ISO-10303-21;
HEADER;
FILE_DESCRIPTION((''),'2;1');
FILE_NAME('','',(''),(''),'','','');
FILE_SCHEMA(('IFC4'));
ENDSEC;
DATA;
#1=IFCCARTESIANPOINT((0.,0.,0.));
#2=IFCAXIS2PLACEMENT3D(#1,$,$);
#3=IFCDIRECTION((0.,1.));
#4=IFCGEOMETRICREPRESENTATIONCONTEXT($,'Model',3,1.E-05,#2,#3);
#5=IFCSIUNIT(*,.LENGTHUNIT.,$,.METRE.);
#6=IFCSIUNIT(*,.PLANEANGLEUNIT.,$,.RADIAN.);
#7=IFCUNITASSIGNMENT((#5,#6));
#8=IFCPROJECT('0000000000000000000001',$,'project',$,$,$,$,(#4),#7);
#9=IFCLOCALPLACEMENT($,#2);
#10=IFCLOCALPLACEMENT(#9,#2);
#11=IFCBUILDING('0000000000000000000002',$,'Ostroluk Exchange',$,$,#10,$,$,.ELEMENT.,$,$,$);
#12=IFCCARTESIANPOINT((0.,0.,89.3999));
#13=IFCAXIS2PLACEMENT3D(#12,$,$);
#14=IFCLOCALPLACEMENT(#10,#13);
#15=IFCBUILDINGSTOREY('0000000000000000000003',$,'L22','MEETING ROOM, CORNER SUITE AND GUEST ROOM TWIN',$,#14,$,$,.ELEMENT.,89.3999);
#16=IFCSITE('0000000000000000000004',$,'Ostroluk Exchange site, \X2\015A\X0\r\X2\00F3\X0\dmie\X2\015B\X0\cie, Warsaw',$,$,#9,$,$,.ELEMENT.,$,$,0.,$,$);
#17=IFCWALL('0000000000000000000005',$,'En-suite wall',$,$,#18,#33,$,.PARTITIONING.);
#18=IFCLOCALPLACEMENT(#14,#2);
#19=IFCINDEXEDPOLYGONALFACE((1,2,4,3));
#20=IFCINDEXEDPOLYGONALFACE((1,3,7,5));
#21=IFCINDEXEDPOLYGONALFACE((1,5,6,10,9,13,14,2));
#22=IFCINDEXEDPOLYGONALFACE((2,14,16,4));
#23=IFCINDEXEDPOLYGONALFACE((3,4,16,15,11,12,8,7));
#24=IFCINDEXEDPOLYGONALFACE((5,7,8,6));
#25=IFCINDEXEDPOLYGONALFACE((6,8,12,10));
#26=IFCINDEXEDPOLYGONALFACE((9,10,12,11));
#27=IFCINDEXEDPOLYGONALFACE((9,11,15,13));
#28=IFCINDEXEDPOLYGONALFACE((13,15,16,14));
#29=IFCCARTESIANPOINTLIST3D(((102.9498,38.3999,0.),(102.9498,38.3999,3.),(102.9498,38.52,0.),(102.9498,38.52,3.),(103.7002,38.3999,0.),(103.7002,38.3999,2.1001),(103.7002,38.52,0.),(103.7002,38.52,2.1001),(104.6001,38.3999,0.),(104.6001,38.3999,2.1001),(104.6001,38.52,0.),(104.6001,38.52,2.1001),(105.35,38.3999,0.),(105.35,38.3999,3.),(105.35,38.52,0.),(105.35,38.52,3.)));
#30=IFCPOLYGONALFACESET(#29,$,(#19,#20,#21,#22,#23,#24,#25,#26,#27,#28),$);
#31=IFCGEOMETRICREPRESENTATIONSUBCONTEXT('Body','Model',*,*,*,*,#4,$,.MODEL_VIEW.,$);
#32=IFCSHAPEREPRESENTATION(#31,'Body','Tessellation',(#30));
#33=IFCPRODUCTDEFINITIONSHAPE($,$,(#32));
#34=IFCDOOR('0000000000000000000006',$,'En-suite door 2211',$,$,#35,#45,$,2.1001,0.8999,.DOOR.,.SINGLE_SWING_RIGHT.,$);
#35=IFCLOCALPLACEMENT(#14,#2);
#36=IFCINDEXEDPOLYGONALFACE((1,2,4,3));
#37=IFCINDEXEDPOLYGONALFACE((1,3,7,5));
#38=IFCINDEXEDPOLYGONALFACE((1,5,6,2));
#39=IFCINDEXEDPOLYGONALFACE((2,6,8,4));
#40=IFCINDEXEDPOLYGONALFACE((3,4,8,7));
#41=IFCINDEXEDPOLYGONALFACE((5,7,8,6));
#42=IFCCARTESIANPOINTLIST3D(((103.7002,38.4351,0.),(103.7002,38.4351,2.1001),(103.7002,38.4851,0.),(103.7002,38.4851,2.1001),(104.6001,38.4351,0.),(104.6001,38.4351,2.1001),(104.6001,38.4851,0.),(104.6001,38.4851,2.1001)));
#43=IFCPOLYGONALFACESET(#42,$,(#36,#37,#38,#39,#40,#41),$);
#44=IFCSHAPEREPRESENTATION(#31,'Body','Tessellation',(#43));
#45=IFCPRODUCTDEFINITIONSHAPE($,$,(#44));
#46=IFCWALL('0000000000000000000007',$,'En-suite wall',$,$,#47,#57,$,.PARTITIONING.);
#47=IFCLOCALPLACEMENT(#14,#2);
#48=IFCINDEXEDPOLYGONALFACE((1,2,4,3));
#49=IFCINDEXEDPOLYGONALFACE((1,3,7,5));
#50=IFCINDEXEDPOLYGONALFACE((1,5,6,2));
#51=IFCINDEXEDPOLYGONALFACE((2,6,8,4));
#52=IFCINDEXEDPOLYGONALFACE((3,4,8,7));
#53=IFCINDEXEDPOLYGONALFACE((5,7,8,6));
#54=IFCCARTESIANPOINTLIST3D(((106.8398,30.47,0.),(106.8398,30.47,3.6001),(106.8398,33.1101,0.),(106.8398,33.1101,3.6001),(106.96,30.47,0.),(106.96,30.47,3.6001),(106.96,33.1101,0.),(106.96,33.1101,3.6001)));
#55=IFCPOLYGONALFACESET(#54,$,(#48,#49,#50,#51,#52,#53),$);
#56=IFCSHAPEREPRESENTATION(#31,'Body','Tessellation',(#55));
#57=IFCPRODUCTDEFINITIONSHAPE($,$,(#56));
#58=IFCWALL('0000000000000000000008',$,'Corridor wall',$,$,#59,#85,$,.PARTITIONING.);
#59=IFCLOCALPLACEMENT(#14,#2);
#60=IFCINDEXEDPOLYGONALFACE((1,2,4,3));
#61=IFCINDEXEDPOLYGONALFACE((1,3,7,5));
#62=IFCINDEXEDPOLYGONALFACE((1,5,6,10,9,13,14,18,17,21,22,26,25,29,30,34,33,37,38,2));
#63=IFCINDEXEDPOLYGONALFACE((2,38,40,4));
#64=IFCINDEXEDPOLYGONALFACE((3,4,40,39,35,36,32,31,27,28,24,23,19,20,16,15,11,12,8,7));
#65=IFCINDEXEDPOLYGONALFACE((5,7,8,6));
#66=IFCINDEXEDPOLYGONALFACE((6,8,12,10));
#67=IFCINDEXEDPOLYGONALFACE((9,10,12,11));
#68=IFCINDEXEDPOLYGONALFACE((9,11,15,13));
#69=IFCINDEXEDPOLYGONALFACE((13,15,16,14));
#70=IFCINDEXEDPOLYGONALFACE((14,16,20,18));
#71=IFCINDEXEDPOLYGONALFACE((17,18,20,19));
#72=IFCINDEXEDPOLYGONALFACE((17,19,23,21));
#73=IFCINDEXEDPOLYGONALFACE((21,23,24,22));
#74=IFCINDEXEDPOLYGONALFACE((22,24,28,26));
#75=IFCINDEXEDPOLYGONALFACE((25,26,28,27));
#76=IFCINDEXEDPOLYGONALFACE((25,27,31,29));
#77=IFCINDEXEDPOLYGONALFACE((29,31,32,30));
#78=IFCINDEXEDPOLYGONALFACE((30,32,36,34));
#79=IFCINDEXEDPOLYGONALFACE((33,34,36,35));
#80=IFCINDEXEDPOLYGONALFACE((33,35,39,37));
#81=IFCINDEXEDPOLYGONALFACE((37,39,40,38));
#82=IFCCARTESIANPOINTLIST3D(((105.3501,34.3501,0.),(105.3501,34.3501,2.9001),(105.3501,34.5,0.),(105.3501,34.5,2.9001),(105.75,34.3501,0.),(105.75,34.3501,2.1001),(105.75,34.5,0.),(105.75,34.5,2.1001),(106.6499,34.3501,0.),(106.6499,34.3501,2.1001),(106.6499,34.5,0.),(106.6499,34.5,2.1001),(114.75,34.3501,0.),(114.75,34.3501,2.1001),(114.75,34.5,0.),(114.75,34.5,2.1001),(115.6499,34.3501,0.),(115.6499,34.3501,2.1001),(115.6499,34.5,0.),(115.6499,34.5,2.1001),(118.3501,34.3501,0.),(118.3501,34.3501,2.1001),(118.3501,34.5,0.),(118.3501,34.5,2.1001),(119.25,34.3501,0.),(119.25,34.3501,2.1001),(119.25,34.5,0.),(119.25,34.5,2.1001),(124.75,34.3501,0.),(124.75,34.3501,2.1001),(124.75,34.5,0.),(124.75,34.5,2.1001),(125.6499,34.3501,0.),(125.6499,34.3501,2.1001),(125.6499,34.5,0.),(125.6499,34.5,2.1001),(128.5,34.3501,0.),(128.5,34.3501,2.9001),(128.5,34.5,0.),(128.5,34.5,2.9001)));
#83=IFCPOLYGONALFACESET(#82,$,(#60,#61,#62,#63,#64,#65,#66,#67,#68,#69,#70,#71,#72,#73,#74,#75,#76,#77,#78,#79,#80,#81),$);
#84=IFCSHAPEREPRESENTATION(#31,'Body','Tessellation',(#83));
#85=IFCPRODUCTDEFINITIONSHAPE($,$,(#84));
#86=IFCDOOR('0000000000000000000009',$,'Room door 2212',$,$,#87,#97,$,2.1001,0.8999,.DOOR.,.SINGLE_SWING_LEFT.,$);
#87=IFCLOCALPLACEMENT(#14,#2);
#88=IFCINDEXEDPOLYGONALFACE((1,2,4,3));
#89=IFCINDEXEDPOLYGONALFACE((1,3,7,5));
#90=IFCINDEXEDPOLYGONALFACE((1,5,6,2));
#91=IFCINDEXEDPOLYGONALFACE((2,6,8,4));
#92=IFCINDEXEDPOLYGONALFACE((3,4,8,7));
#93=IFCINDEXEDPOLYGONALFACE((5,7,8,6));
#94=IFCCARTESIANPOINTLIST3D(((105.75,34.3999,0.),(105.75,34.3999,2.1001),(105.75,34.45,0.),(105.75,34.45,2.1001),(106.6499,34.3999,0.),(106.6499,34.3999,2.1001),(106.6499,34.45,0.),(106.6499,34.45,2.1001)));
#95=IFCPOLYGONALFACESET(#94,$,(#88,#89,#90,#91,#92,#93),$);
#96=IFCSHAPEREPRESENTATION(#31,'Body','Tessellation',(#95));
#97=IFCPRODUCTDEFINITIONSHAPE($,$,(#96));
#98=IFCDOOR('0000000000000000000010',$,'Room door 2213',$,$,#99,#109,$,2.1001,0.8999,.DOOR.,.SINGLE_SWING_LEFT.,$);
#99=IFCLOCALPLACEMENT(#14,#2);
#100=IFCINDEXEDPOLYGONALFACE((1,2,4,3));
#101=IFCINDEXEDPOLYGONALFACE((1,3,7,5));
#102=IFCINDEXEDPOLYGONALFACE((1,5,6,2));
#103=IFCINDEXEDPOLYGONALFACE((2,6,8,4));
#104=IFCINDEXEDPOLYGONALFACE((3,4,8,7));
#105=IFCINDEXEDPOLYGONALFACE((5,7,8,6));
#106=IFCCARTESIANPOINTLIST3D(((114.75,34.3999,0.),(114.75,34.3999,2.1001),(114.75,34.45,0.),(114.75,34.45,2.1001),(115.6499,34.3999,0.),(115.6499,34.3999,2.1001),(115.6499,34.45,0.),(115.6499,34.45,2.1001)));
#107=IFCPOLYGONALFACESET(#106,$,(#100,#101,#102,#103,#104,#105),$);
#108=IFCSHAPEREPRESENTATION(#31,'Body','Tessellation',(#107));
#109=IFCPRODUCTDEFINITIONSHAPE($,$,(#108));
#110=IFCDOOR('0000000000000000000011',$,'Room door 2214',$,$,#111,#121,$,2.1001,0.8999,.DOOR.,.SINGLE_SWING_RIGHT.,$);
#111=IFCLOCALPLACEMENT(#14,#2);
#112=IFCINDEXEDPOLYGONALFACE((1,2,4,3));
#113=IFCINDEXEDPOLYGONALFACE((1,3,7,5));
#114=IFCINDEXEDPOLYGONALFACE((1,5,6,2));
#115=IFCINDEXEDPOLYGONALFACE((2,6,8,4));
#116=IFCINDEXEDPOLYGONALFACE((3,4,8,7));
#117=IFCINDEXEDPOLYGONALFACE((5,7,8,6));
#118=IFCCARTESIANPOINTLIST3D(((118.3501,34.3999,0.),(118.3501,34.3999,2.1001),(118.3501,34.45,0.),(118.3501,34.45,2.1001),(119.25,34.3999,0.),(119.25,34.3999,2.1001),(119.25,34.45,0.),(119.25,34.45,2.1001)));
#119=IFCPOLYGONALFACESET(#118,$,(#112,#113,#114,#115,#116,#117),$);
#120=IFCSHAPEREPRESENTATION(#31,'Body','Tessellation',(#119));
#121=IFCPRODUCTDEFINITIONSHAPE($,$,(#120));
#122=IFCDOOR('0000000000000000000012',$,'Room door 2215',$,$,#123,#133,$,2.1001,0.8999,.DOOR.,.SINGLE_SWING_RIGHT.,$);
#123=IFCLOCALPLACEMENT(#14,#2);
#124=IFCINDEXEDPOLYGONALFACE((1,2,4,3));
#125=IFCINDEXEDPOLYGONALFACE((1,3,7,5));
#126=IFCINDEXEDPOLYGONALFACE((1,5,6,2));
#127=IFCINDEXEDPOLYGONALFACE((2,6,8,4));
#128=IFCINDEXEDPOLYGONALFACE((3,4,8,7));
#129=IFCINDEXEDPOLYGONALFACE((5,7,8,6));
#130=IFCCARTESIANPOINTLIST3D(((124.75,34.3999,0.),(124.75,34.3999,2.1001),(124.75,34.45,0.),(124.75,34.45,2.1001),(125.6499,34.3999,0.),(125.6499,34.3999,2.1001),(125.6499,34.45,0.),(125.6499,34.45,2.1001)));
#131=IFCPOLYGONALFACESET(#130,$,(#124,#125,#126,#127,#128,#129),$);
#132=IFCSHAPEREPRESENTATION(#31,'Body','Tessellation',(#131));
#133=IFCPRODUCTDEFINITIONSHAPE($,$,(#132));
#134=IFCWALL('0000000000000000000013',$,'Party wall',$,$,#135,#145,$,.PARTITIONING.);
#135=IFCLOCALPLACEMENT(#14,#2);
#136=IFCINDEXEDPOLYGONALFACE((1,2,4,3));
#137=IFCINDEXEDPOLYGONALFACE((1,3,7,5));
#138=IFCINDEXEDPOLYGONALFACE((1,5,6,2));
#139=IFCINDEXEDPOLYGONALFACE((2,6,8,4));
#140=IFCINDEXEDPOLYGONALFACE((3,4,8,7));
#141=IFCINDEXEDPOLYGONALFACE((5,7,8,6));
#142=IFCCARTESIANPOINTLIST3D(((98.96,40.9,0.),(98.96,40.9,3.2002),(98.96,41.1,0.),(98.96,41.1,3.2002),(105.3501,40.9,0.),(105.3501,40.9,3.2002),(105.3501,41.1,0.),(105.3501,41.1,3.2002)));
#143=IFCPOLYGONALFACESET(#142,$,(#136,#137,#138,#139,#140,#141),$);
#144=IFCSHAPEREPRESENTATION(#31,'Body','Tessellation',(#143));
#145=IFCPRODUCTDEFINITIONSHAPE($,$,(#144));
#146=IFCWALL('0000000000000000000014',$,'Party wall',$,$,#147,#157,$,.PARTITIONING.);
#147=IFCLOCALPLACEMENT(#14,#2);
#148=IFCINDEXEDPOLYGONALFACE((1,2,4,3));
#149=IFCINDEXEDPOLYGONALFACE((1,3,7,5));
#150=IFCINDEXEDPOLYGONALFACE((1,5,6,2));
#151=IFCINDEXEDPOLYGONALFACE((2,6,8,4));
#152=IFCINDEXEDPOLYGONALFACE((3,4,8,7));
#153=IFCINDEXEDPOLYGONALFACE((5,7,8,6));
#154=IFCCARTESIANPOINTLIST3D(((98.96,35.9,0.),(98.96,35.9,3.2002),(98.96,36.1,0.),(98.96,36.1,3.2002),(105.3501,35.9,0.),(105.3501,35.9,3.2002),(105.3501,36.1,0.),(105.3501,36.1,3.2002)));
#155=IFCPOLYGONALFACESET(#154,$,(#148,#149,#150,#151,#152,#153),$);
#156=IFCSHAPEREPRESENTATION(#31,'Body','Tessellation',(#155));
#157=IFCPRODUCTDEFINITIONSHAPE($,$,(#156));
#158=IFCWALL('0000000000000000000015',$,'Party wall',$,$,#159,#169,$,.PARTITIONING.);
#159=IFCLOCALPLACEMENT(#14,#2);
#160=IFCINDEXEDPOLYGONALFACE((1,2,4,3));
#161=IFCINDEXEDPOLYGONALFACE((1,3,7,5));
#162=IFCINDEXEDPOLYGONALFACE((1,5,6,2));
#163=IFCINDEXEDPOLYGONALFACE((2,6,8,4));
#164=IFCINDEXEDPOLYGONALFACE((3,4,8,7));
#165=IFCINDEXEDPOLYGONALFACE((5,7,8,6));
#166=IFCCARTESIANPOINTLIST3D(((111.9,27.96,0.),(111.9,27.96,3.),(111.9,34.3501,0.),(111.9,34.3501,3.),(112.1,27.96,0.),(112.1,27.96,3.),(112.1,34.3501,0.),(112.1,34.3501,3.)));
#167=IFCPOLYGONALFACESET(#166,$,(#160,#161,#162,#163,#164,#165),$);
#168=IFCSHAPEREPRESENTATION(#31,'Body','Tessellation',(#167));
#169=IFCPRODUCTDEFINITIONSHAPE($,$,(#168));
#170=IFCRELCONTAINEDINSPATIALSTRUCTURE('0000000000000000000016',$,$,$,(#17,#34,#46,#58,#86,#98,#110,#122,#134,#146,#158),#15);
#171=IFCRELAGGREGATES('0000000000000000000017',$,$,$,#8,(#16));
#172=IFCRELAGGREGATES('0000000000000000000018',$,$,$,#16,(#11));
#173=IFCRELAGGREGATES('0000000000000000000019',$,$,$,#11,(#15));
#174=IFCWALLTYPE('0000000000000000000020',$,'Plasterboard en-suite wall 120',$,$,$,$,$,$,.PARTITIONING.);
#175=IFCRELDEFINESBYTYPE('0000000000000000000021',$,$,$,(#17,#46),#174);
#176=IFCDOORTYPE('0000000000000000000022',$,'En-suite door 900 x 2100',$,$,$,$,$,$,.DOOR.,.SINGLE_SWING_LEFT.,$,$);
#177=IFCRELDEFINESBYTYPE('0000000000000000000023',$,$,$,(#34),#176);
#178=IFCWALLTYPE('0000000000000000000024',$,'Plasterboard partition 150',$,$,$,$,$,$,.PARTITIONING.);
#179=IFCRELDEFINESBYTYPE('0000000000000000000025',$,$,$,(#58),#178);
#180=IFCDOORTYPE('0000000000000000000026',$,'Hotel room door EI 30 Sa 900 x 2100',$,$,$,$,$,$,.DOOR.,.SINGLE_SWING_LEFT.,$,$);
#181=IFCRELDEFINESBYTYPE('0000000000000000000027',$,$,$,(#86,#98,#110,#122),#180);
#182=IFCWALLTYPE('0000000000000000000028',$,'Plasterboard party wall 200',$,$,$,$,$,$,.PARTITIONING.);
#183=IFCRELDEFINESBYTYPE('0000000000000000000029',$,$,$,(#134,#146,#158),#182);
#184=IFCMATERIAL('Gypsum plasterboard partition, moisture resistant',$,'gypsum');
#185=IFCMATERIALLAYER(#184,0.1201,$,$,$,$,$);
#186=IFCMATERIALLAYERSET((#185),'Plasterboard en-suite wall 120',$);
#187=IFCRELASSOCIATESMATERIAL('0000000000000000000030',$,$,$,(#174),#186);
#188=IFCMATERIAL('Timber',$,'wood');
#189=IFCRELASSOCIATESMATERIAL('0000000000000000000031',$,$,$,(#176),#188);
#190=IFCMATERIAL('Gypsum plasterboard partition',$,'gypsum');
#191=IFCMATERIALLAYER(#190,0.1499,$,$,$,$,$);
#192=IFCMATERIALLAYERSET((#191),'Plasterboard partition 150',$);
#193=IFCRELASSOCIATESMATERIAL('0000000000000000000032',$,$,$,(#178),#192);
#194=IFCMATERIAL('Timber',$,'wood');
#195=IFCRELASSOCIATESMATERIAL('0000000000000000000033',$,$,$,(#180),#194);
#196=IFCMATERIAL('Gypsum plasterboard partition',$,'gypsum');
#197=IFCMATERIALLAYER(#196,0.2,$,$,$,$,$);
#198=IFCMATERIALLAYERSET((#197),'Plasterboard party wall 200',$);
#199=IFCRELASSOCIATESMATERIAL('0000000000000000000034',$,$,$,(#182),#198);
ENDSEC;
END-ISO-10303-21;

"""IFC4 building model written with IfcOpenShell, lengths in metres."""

from ifc_helpers import new_model, si_unit, direction, frame, frame_2d, origin, place, context, subcontext, project, spatial, rectangle, extrude, material, layer, layer_set, type_object, element, fill, save


model = new_model("IFC4")

# Units and contexts
model_context = context("Model", 3, precision=1e-05, world=origin(), true_north=direction((0.0, 1.0)))
body_context = subcontext(model_context, "Body", "Model", "MODEL_VIEW")
ifc_project = project(units=[si_unit("LENGTHUNIT", "METRE"), si_unit("PLANEANGLEUNIT", "RADIAN")], contexts=[model_context])

# Site, building, storey
site_placement = place(None, origin())
site = spatial("IfcSite", under=ifc_project, at=site_placement, Name="Ostroluk Exchange site, Śródmieście, Warsaw", CompositionType="ELEMENT", RefElevation=0.0)
building_placement = place(site_placement, origin())
building = spatial("IfcBuilding", under=site, at=building_placement, Name="Ostroluk Exchange", CompositionType="ELEMENT")
storey_placement = place(building_placement, frame((0.0, 0.0, 89.3999)))
storey = spatial("IfcBuildingStorey", under=building, at=storey_placement, Name="L22", Description="MEETING ROOM, CORNER SUITE AND GUEST ROOM TWIN", CompositionType="ELEMENT", Elevation=89.3999)

# Shared definitions
ifc_material_1 = material(Name="Gypsum plasterboard partition, moisture resistant", Category="gypsum")
ifc_layer_1 = layer(ifc_material_1, 0.1201)
ifc_layer_set_1 = layer_set([ifc_layer_1], Name="Plasterboard en-suite wall 120")
wall_type_1 = type_object("IfcWallType", Name="Plasterboard en-suite wall 120", PredefinedType="PARTITIONING", material=ifc_layer_set_1)

# Wall, opening, door
wall_1_placement = place(storey_placement, frame((105.3501, 38.46, 0.0), z_axis=(0.0, 0.0, 1.0), x_axis=(-1.0, 0.0, 0.0)))
wall_1 = element("IfcWall", 1, at=wall_1_placement, inside=storey, type_object=wall_type_1, Name="En-suite wall", PredefinedType="PARTITIONING", context=body_context, shape_type="SweptSolid", body=[
    extrude(rectangle(XDim=2.4001, YDim=0.1201, at=frame_2d((1.2002, 0.0))), origin(), (0.0, 0.0, 1.0), 3.0),
])
opening_1_placement = place(wall_1_placement, frame((0.75, 0.0, 0.0)))
opening_1 = element("IfcOpeningElement", 2, at=opening_1_placement, cuts=wall_1, PredefinedType="OPENING", context=body_context, shape_type="SweptSolid", body=[
    extrude(rectangle(XDim=0.8999, YDim=2.1001, at=frame_2d((0.45, 1.05))), frame((0.0, 0.0701, 0.0), z_axis=(0.0, -1.0, 0.0), x_axis=(1.0, 0.0, 0.0)), (0.0, 0.0, 1.0), 0.1401),
])
ifc_material_2 = material(Name="Timber", Category="wood")
door_type_1 = type_object("IfcDoorType", Name="En-suite door 900 x 2100", OperationType="SINGLE_SWING_LEFT", PredefinedType="DOOR", material=ifc_material_2)
door_1_placement = place(opening_1_placement, origin())
door_1 = element("IfcDoor", 3, at=door_1_placement, inside=storey, type_object=door_type_1, Name="En-suite door 2211", OperationType="SINGLE_SWING_RIGHT", OverallHeight=2.1001, OverallWidth=0.8999, PredefinedType="DOOR", context=body_context, shape_type="SweptSolid", body=[
    extrude(rectangle(XDim=0.8999, YDim=2.1001, at=frame_2d((0.45, 1.05))), frame((0.0, 0.0249, 0.0), z_axis=(0.0, -1.0, 0.0), x_axis=(1.0, 0.0, 0.0)), (0.0, 0.0, 1.0), 0.05),
])
fill(opening_1, door_1)

# Wall
wall_2_placement = place(storey_placement, frame((106.8999, 33.1101, 0.0), z_axis=(0.0, 0.0, 1.0), x_axis=(0.0, -1.0, 0.0)))
element("IfcWall", 4, at=wall_2_placement, inside=storey, type_object=wall_type_1, Name="En-suite wall", PredefinedType="PARTITIONING", context=body_context, shape_type="SweptSolid", body=[
    extrude(rectangle(XDim=2.6401, YDim=0.1201, at=frame_2d((1.3201, 0.0))), origin(), (0.0, 0.0, 1.0), 3.6001),
])

# Wall, openings, doors
ifc_material_3 = material(Name="Gypsum plasterboard partition", Category="gypsum")
ifc_layer_2 = layer(ifc_material_3, 0.1499)
ifc_layer_set_2 = layer_set([ifc_layer_2], Name="Plasterboard partition 150")
wall_type_2 = type_object("IfcWallType", Name="Plasterboard partition 150", PredefinedType="PARTITIONING", material=ifc_layer_set_2)
wall_3_placement = place(storey_placement, frame((105.3501, 34.425, 0.0), z_axis=(0.0, 0.0, 1.0), x_axis=(1.0, 0.0, 0.0)))
wall_3 = element("IfcWall", 5, at=wall_3_placement, inside=storey, type_object=wall_type_2, Name="Corridor wall", PredefinedType="PARTITIONING", context=body_context, shape_type="SweptSolid", body=[
    extrude(rectangle(XDim=23.1499, YDim=0.1499, at=frame_2d((11.575, 0.0))), origin(), (0.0, 0.0, 1.0), 2.9001),
])
opening_2_placement = place(wall_3_placement, frame((0.3999, 0.0, 0.0)))
opening_2 = element("IfcOpeningElement", 6, at=opening_2_placement, cuts=wall_3, PredefinedType="OPENING", context=body_context, shape_type="SweptSolid", body=[
    extrude(rectangle(XDim=0.8999, YDim=2.1001, at=frame_2d((0.45, 1.05))), frame((0.0, 0.085, 0.0), z_axis=(0.0, -1.0, 0.0), x_axis=(1.0, 0.0, 0.0)), (0.0, 0.0, 1.0), 0.1699),
])
opening_3_placement = place(wall_3_placement, frame((9.3999, 0.0, 0.0)))
opening_3 = element("IfcOpeningElement", 7, at=opening_3_placement, cuts=wall_3, PredefinedType="OPENING", context=body_context, shape_type="SweptSolid", body=[
    extrude(rectangle(XDim=0.8999, YDim=2.1001, at=frame_2d((0.45, 1.05))), frame((0.0, 0.085, 0.0), z_axis=(0.0, -1.0, 0.0), x_axis=(1.0, 0.0, 0.0)), (0.0, 0.0, 1.0), 0.1699),
])
opening_4_placement = place(wall_3_placement, frame((13.0, 0.0, 0.0)))
opening_4 = element("IfcOpeningElement", 8, at=opening_4_placement, cuts=wall_3, PredefinedType="OPENING", context=body_context, shape_type="SweptSolid", body=[
    extrude(rectangle(XDim=0.8999, YDim=2.1001, at=frame_2d((0.45, 1.05))), frame((0.0, 0.085, 0.0), z_axis=(0.0, -1.0, 0.0), x_axis=(1.0, 0.0, 0.0)), (0.0, 0.0, 1.0), 0.1699),
])
opening_5_placement = place(wall_3_placement, frame((19.3999, 0.0, 0.0)))
opening_5 = element("IfcOpeningElement", 9, at=opening_5_placement, cuts=wall_3, PredefinedType="OPENING", context=body_context, shape_type="SweptSolid", body=[
    extrude(rectangle(XDim=0.8999, YDim=2.1001, at=frame_2d((0.45, 1.05))), frame((0.0, 0.085, 0.0), z_axis=(0.0, -1.0, 0.0), x_axis=(1.0, 0.0, 0.0)), (0.0, 0.0, 1.0), 0.1699),
])
ifc_material_4 = material(Name="Timber", Category="wood")
door_type_2 = type_object("IfcDoorType", Name="Hotel room door EI 30 Sa 900 x 2100", OperationType="SINGLE_SWING_LEFT", PredefinedType="DOOR", material=ifc_material_4)
door_2_placement = place(opening_2_placement, origin())
door_2 = element("IfcDoor", 10, at=door_2_placement, inside=storey, type_object=door_type_2, Name="Room door 2212", OperationType="SINGLE_SWING_LEFT", OverallHeight=2.1001, OverallWidth=0.8999, PredefinedType="DOOR", context=body_context, shape_type="SweptSolid", body=[
    extrude(rectangle(XDim=0.8999, YDim=2.1001, at=frame_2d((0.45, 1.05))), frame((0.0, 0.0249, 0.0), z_axis=(0.0, -1.0, 0.0), x_axis=(1.0, 0.0, 0.0)), (0.0, 0.0, 1.0), 0.05),
])
fill(opening_2, door_2)
door_3_placement = place(opening_3_placement, origin())
door_3 = element("IfcDoor", 11, at=door_3_placement, inside=storey, type_object=door_type_2, Name="Room door 2213", OperationType="SINGLE_SWING_LEFT", OverallHeight=2.1001, OverallWidth=0.8999, PredefinedType="DOOR", context=body_context, shape_type="SweptSolid", body=[
    extrude(rectangle(XDim=0.8999, YDim=2.1001, at=frame_2d((0.45, 1.05))), frame((0.0, 0.0249, 0.0), z_axis=(0.0, -1.0, 0.0), x_axis=(1.0, 0.0, 0.0)), (0.0, 0.0, 1.0), 0.05),
])
fill(opening_3, door_3)
door_4_placement = place(opening_4_placement, origin())
door_4 = element("IfcDoor", 12, at=door_4_placement, inside=storey, type_object=door_type_2, Name="Room door 2214", OperationType="SINGLE_SWING_RIGHT", OverallHeight=2.1001, OverallWidth=0.8999, PredefinedType="DOOR", context=body_context, shape_type="SweptSolid", body=[
    extrude(rectangle(XDim=0.8999, YDim=2.1001, at=frame_2d((0.45, 1.05))), frame((0.0, 0.0249, 0.0), z_axis=(0.0, -1.0, 0.0), x_axis=(1.0, 0.0, 0.0)), (0.0, 0.0, 1.0), 0.05),
])
fill(opening_4, door_4)
door_5_placement = place(opening_5_placement, origin())
door_5 = element("IfcDoor", 13, at=door_5_placement, inside=storey, type_object=door_type_2, Name="Room door 2215", OperationType="SINGLE_SWING_RIGHT", OverallHeight=2.1001, OverallWidth=0.8999, PredefinedType="DOOR", context=body_context, shape_type="SweptSolid", body=[
    extrude(rectangle(XDim=0.8999, YDim=2.1001, at=frame_2d((0.45, 1.05))), frame((0.0, 0.0249, 0.0), z_axis=(0.0, -1.0, 0.0), x_axis=(1.0, 0.0, 0.0)), (0.0, 0.0, 1.0), 0.05),
])
fill(opening_5, door_5)

# Walls
ifc_material_5 = material(Name="Gypsum plasterboard partition", Category="gypsum")
ifc_layer_3 = layer(ifc_material_5, 0.2)
ifc_layer_set_3 = layer_set([ifc_layer_3], Name="Plasterboard party wall 200")
wall_type_3 = type_object("IfcWallType", Name="Plasterboard party wall 200", PredefinedType="PARTITIONING", material=ifc_layer_set_3)
for number, where, z_axis, x_axis, name in (
    (14, (105.3501, 41.0, 0.0), (0.0, 0.0, 1.0), (-1.0, 0.0, 0.0), "Party wall"),
    (15, (105.3501, 36.0, 0.0), (0.0, 0.0, 1.0), (-1.0, 0.0, 0.0), "Party wall"),
):
    element("IfcWall", number, at=place(storey_placement, frame(where, z_axis=z_axis, x_axis=x_axis)), inside=storey, type_object=wall_type_3, Name=name, PredefinedType="PARTITIONING", context=body_context, shape_type="SweptSolid", body=[
        extrude(rectangle(XDim=6.3901, YDim=0.2, at=frame_2d((3.1951, 0.0))), origin(), (0.0, 0.0, 1.0), 3.2002),
    ])
wall_4_placement = place(storey_placement, frame((112.0, 34.3501, 0.0), z_axis=(0.0, 0.0, 1.0), x_axis=(0.0, -1.0, 0.0)))
element("IfcWall", 16, at=wall_4_placement, inside=storey, type_object=wall_type_3, Name="Party wall", PredefinedType="PARTITIONING", context=body_context, shape_type="SweptSolid", body=[
    extrude(rectangle(XDim=6.3901, YDim=0.2, at=frame_2d((3.1951, 0.0))), origin(), (0.0, 0.0, 1.0), 3.0),
])

save(model, "model.ifc")
